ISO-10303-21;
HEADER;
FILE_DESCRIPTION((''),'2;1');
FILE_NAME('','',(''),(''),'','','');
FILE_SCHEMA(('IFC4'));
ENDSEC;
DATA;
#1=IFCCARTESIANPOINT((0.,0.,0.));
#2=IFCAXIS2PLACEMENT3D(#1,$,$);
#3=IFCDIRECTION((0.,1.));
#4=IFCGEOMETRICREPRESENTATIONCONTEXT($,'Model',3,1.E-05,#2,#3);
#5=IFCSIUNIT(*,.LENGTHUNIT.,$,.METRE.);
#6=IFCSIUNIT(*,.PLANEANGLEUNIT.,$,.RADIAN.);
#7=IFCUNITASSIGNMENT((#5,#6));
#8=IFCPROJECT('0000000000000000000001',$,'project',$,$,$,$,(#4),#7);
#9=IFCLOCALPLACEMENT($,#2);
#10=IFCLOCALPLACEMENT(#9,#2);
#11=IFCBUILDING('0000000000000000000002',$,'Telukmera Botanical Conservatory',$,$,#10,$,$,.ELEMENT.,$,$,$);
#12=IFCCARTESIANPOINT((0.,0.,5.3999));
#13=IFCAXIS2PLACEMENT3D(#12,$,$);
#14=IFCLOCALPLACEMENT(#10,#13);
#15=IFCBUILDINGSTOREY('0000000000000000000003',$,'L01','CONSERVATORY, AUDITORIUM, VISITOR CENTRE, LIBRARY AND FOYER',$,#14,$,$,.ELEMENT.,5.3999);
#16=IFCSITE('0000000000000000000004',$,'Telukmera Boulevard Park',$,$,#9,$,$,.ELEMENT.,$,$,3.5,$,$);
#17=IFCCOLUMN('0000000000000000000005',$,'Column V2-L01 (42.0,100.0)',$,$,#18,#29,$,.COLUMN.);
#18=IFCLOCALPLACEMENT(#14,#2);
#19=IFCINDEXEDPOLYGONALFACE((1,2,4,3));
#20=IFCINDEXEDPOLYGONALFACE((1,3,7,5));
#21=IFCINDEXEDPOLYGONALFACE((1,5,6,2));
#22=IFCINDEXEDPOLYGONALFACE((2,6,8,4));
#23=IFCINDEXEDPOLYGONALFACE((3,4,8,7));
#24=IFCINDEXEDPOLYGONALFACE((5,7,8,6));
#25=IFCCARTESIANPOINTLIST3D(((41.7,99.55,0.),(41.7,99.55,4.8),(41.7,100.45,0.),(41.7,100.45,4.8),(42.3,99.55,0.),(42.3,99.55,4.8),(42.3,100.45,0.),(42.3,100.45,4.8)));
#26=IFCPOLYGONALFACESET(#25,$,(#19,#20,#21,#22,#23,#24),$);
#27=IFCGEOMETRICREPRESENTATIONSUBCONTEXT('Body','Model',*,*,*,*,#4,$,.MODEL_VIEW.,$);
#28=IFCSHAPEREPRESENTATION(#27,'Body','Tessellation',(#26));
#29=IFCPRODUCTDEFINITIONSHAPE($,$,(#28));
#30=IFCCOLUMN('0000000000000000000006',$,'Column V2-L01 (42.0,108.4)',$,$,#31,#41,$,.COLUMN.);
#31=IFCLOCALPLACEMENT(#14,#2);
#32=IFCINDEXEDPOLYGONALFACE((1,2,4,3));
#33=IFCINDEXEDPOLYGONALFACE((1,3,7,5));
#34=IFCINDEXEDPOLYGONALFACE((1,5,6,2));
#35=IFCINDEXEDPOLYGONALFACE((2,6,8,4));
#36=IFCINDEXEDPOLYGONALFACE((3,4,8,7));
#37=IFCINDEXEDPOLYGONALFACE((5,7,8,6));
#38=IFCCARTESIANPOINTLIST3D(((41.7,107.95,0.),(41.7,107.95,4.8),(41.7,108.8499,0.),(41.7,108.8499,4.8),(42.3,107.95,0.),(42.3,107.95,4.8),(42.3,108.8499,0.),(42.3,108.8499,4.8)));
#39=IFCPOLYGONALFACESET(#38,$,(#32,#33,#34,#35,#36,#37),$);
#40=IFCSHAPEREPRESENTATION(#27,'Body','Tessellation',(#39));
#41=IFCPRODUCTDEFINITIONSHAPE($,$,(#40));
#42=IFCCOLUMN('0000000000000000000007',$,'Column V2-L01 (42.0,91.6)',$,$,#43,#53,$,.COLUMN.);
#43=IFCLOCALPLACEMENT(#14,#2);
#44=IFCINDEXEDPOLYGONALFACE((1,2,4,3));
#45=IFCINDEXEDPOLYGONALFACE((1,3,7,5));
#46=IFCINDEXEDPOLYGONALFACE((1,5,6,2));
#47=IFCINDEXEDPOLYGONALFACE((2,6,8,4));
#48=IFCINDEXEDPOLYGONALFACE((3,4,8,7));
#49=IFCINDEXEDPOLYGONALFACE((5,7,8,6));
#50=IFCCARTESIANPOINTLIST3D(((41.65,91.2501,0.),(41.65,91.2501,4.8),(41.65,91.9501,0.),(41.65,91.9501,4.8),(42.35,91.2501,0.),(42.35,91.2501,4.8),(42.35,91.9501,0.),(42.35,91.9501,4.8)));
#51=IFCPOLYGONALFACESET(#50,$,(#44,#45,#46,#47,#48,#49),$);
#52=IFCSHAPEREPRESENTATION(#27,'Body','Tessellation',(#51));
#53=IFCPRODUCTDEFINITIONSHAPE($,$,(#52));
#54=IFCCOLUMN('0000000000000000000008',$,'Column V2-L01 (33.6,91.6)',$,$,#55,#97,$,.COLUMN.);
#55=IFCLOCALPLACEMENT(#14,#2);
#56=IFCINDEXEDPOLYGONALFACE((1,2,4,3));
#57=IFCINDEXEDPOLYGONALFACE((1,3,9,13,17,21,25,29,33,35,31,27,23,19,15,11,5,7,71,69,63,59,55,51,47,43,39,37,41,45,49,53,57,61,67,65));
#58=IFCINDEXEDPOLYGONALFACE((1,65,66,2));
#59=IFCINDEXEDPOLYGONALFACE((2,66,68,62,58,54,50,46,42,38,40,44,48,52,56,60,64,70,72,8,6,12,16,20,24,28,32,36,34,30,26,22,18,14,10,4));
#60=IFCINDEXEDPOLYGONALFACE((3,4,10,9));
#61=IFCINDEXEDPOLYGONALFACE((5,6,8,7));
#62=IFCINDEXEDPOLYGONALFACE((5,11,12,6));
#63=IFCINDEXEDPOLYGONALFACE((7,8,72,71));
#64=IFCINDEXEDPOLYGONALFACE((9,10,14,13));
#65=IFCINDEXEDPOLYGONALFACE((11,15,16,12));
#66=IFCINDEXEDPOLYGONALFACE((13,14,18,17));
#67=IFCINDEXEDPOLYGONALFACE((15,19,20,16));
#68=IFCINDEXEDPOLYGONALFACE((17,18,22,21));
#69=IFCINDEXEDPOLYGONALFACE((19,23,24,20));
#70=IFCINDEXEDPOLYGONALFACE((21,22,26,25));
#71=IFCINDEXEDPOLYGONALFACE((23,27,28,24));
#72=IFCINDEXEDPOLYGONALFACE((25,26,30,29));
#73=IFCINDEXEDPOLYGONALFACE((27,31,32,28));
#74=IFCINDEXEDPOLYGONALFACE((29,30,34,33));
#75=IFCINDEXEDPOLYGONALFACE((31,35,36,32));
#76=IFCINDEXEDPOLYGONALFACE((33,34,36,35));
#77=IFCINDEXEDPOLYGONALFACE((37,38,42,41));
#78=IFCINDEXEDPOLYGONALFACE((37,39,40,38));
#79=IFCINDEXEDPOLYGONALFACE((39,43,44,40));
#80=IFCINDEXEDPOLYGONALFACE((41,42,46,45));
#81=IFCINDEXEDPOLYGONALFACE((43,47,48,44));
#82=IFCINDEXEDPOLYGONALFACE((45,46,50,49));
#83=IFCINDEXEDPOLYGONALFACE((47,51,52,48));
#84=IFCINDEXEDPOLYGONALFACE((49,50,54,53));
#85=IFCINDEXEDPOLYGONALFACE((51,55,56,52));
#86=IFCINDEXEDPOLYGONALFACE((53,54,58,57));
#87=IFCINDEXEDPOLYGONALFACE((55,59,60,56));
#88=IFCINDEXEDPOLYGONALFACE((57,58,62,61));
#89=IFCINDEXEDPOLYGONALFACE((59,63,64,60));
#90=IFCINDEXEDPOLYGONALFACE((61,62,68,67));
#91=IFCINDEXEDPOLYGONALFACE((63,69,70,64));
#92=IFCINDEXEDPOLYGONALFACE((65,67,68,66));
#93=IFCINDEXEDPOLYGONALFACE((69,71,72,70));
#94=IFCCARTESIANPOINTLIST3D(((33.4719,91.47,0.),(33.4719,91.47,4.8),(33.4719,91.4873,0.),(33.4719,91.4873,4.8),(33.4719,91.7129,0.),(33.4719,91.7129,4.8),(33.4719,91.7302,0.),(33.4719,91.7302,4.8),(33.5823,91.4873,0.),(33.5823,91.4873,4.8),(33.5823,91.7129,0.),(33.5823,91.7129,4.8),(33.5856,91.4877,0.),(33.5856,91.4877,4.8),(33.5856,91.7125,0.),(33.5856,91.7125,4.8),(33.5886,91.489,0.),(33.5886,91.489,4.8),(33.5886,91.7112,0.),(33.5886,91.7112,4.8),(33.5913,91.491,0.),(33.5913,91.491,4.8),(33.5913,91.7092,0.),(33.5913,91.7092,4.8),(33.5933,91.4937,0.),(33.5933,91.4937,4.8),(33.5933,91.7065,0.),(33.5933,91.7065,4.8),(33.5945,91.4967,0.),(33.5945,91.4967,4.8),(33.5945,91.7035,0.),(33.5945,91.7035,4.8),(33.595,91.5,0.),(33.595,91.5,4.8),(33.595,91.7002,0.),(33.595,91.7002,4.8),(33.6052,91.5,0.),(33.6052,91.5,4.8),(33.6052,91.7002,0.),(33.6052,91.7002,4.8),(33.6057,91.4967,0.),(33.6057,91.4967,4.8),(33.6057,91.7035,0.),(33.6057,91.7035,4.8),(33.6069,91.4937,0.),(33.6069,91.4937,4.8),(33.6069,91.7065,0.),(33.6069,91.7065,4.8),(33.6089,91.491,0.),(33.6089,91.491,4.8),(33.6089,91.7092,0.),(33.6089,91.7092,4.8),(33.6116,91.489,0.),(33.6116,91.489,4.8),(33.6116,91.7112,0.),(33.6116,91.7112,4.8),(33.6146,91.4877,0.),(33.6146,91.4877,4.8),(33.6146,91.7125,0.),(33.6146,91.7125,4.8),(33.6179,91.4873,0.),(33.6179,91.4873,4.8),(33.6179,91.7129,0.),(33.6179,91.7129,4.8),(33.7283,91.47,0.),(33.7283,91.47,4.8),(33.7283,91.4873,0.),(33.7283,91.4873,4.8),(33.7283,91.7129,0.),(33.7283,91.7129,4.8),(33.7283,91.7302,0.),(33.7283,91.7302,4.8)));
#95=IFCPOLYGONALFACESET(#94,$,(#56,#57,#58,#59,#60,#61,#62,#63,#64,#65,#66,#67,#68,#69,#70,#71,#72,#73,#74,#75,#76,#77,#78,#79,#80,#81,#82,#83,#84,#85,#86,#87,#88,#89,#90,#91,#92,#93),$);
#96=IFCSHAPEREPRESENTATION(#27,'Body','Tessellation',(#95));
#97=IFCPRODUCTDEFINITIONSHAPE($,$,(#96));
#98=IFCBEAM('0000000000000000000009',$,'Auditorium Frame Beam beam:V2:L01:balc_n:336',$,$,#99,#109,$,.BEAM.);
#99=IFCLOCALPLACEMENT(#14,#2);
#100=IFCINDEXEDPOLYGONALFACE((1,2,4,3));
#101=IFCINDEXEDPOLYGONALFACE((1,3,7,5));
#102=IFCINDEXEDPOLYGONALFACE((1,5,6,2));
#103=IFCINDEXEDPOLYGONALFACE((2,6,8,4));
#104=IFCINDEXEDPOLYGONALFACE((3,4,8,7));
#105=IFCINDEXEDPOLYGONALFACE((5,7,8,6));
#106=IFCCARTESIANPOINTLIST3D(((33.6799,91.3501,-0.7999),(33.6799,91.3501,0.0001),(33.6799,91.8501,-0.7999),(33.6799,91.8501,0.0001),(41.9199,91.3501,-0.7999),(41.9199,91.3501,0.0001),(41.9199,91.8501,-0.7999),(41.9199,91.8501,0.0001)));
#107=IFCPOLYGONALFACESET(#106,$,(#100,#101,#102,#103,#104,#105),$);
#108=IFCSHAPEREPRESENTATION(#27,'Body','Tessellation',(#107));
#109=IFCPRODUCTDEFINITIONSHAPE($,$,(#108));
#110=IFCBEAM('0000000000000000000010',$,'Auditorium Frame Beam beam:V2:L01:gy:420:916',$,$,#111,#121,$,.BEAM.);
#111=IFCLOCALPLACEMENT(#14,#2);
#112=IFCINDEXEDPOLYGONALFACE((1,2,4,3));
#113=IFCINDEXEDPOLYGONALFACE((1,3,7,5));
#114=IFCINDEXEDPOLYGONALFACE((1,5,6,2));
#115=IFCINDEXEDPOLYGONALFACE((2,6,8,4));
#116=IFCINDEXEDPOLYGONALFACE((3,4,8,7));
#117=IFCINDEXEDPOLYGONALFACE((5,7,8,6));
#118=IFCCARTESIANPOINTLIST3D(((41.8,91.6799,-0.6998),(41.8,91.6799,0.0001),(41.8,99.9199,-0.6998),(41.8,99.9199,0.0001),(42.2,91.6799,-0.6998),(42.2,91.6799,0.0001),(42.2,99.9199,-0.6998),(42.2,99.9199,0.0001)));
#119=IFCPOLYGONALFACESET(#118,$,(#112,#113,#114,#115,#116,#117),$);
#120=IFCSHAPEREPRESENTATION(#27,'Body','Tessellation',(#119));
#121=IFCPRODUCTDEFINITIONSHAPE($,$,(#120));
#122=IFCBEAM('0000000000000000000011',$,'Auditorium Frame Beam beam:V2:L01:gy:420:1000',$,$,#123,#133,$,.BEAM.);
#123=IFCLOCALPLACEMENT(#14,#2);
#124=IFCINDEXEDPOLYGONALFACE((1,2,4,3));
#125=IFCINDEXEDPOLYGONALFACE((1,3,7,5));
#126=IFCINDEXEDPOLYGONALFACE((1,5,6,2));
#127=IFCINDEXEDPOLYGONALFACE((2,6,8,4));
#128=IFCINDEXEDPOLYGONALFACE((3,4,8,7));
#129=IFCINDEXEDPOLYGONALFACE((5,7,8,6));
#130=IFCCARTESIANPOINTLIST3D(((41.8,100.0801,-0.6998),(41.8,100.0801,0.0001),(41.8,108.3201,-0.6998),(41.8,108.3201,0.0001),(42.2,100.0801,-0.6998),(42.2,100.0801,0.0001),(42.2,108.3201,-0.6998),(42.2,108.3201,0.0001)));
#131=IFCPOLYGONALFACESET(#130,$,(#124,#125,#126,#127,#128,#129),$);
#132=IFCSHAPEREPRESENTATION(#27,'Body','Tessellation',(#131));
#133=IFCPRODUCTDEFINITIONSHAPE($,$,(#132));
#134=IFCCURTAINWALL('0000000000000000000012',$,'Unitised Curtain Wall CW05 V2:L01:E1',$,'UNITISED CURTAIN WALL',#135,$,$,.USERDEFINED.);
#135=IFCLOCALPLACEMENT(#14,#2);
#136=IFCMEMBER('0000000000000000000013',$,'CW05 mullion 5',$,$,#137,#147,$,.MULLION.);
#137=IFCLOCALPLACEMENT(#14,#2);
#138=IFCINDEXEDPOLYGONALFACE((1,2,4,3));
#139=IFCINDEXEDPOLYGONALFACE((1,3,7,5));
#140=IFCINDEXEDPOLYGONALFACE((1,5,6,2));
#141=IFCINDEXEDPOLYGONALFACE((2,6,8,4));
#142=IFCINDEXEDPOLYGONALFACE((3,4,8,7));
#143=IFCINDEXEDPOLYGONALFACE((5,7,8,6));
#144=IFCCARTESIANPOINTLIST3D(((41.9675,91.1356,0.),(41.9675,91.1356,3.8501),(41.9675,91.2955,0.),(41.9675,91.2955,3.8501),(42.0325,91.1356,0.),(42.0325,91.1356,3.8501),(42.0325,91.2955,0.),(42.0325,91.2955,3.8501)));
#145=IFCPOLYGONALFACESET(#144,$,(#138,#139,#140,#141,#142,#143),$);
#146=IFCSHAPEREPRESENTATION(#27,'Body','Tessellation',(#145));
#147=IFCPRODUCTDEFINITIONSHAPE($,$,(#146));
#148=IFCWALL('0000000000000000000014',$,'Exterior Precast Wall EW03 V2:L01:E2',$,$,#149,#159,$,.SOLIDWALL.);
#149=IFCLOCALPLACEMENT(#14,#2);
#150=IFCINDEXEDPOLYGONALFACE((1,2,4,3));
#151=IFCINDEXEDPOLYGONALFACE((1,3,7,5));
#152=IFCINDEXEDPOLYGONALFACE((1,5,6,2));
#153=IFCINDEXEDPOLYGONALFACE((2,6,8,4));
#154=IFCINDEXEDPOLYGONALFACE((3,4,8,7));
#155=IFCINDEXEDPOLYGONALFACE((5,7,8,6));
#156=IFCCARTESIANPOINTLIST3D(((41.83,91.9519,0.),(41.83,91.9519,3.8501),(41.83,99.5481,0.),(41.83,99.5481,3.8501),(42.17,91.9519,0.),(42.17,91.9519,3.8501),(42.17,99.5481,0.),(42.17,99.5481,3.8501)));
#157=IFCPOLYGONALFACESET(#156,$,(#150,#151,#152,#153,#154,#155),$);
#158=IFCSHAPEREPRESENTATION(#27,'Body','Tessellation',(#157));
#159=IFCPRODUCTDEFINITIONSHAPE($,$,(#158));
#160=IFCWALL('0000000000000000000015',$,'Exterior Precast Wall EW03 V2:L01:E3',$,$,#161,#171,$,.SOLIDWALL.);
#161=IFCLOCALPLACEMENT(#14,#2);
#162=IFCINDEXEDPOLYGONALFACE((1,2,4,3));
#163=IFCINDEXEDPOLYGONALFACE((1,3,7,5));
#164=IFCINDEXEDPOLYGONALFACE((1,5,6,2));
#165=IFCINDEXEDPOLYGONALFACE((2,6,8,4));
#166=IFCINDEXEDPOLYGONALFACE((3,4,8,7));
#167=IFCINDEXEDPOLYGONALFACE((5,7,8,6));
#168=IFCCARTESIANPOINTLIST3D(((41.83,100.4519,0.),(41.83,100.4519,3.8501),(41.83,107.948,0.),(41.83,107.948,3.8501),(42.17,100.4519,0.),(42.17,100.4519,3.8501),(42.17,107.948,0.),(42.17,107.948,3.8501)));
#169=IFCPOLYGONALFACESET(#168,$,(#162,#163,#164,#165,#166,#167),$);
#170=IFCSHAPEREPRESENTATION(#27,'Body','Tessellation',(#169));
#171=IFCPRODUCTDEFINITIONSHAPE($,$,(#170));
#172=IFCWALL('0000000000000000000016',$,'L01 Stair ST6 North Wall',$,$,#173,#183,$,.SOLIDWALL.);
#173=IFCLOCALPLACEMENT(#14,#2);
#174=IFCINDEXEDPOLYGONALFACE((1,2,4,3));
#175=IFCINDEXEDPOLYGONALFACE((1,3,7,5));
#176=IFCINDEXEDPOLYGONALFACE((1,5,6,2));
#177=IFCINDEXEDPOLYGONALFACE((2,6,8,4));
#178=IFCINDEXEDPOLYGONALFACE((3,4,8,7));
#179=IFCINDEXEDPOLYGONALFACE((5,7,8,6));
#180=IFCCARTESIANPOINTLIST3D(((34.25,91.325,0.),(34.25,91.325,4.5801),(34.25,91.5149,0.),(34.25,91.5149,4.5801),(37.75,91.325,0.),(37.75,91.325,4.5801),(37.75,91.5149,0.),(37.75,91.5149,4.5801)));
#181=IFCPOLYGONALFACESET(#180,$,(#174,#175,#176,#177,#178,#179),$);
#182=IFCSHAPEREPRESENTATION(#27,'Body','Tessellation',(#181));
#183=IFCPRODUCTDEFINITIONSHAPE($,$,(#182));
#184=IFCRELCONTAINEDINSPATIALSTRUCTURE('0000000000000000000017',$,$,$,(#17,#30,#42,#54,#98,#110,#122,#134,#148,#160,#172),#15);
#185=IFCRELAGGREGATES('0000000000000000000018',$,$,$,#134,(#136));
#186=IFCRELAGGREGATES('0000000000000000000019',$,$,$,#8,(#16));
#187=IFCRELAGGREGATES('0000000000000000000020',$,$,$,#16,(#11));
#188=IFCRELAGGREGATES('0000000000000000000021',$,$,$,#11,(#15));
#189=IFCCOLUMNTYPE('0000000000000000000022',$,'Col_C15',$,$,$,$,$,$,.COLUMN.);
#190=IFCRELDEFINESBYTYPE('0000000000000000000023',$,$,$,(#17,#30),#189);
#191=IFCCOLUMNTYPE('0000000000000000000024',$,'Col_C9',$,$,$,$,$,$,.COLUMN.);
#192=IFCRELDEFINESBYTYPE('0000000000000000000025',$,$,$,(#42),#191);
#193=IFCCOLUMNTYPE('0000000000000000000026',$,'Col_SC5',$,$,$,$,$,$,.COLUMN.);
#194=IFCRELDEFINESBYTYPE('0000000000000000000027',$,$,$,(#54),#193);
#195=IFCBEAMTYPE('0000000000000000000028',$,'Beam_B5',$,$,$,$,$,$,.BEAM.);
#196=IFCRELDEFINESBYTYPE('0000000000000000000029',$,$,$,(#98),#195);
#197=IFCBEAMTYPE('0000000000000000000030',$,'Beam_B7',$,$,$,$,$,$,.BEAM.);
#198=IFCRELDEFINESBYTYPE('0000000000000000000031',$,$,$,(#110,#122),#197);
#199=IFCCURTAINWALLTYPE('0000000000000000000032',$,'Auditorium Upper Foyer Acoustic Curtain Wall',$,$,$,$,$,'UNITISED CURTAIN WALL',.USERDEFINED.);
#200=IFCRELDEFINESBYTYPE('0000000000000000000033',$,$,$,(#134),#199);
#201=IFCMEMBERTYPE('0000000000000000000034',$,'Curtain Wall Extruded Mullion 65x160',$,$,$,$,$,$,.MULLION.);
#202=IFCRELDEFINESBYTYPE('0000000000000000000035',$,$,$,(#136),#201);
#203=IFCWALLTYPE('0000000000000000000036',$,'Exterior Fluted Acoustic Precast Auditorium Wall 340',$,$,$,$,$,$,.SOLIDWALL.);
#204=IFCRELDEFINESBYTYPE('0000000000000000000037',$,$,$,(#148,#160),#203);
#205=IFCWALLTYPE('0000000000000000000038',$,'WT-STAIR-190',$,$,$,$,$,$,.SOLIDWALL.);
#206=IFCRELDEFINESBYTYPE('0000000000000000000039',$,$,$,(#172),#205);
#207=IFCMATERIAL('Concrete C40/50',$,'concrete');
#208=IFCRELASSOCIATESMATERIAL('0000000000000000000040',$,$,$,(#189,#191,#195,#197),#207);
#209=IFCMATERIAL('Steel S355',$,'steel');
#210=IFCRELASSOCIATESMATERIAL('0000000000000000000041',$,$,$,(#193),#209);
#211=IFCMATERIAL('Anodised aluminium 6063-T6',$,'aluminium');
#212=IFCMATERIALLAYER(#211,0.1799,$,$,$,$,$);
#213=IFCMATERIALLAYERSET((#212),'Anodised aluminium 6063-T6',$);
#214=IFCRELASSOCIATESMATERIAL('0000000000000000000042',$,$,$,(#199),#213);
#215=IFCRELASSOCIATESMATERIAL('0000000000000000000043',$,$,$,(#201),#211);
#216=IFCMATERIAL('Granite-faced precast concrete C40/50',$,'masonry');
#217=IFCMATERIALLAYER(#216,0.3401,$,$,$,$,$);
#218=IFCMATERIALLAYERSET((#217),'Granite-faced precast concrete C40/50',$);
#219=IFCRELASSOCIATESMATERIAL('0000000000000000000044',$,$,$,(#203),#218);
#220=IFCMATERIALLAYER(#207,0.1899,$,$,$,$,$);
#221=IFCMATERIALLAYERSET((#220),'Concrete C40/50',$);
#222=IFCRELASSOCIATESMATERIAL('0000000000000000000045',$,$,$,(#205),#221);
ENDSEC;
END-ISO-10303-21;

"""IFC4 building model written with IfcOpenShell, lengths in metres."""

from ifc_helpers import new_model, si_unit, direction, frame, frame_2d, origin, origin_2d, place, context, subcontext, project, spatial, rectangle, i_section, extrude, material, layer, layer_set, material_profile, profile_set, type_object, element, aggregate, save


model = new_model("IFC4")

# Units and contexts
model_context = context("Model", 3, precision=1e-05, world=origin(), true_north=direction((0.0, 1.0)))
body_context = subcontext(model_context, "Body", "Model", "MODEL_VIEW")
ifc_project = project(units=[si_unit("LENGTHUNIT", "METRE"), si_unit("PLANEANGLEUNIT", "RADIAN")], contexts=[model_context])

# Site, building, storey
site_placement = place(None, origin())
site = spatial("IfcSite", under=ifc_project, at=site_placement, Name="Telukmera Boulevard Park", CompositionType="ELEMENT", RefElevation=3.5)
building_placement = place(site_placement, origin())
building = spatial("IfcBuilding", under=site, at=building_placement, Name="Telukmera Botanical Conservatory", CompositionType="ELEMENT")
storey_placement = place(building_placement, frame((0.0, 0.0, 5.3999)))
storey = spatial("IfcBuildingStorey", under=building, at=storey_placement, Name="L01", Description="CONSERVATORY, AUDITORIUM, VISITOR CENTRE, LIBRARY AND FOYER", CompositionType="ELEMENT", Elevation=5.3999)

# Columns
ifc_material_1 = material(Name="Concrete C40/50", Category="concrete")
ifc_material_profile_1 = material_profile(ifc_material_1, rectangle(XDim=0.6001, YDim=0.8999, at=origin_2d()), Name="RC 900x600")
ifc_profile_set_1 = profile_set([ifc_material_profile_1], Name="Concrete C40/50")
column_type_1 = type_object("IfcColumnType", Name="Col_C15", PredefinedType="COLUMN", material=ifc_profile_set_1)
for number, where, z_axis, x_axis, name in (
    (1, (42.0, 100.0, 0.0), (0.0, 0.0, 1.0), (1.0, 0.0, 0.0), "Column V2-L01 (42.0,100.0)"),
    (2, (42.0, 108.3999, 0.0), (0.0, 0.0, 1.0), (1.0, 0.0, 0.0), "Column V2-L01 (42.0,108.4)"),
):
    element("IfcColumn", number, at=place(storey_placement, frame(where, z_axis=z_axis, x_axis=x_axis)), inside=storey, type_object=column_type_1, Name=name, PredefinedType="COLUMN", context=body_context, shape_type="SweptSolid", body=[
        extrude(rectangle(XDim=0.6001, YDim=0.8999, at=origin_2d()), origin(), (0.0, 0.0, 1.0), 4.8),
    ])
ifc_material_profile_2 = material_profile(ifc_material_1, rectangle(XDim=0.7, YDim=0.7, at=origin_2d()), Name="RC 700x700")
ifc_profile_set_2 = profile_set([ifc_material_profile_2], Name="Concrete C40/50")
column_type_2 = type_object("IfcColumnType", Name="Col_C9", PredefinedType="COLUMN", material=ifc_profile_set_2)
column_1_placement = place(storey_placement, frame((42.0, 91.6001, 0.0), z_axis=(0.0, 0.0, 1.0), x_axis=(1.0, 0.0, 0.0)))
element("IfcColumn", 3, at=column_1_placement, inside=storey, type_object=column_type_2, Name="Column V2-L01 (42.0,91.6)", PredefinedType="COLUMN", context=body_context, shape_type="SweptSolid", body=[
    extrude(rectangle(XDim=0.7, YDim=0.7, at=origin_2d()), origin(), (0.0, 0.0, 1.0), 4.8),
])
ifc_material_2 = material(Name="Steel S355", Category="steel")
ifc_material_profile_3 = material_profile(ifc_material_2, i_section(OverallWidth=0.2563, OverallDepth=0.2603, WebThickness=0.0103, FlangeThickness=0.0173, FilletRadius=0.0127, at=origin_2d()), Name="UC 254x254x89")
ifc_profile_set_3 = profile_set([ifc_material_profile_3], Name="Steel S355")
column_type_3 = type_object("IfcColumnType", Name="Col_SC5", PredefinedType="COLUMN", material=ifc_profile_set_3)
column_2_placement = place(storey_placement, frame((33.6001, 91.6001, 0.0), z_axis=(0.0, 0.0, 1.0), x_axis=(1.0, 0.0, 0.0)))
element("IfcColumn", 4, at=column_2_placement, inside=storey, type_object=column_type_3, Name="Column V2-L01 (33.6,91.6)", PredefinedType="COLUMN", context=body_context, shape_type="SweptSolid", body=[
    extrude(i_section(OverallWidth=0.2563, OverallDepth=0.2603, WebThickness=0.0103, FlangeThickness=0.0173, FilletRadius=0.0127, at=origin_2d()), origin(), (0.0, 0.0, 1.0), 4.8),
])

# Beams
ifc_material_profile_4 = material_profile(ifc_material_1, rectangle(XDim=0.5, YDim=0.8, at=origin_2d()), Name="RC 500x800")
ifc_profile_set_4 = profile_set([ifc_material_profile_4], Name="Concrete C40/50")
beam_type_1 = type_object("IfcBeamType", Name="Beam_B5", PredefinedType="BEAM", material=ifc_profile_set_4)
beam_placement = place(storey_placement, frame((33.6799, 91.6001, -0.3999), z_axis=(1.0, 0.0, 0.0), x_axis=(0.0, 1.0, 0.0)))
element("IfcBeam", 5, at=beam_placement, inside=storey, type_object=beam_type_1, Name="Auditorium Frame Beam beam:V2:L01:balc_n:336", PredefinedType="BEAM", context=body_context, shape_type="SweptSolid", body=[
    extrude(rectangle(XDim=0.5, YDim=0.8, at=origin_2d()), origin(), (0.0, 0.0, 1.0), 8.24),
])
ifc_material_profile_5 = material_profile(ifc_material_1, rectangle(XDim=0.3999, YDim=0.7, at=origin_2d()), Name="RC 400x700")
ifc_profile_set_5 = profile_set([ifc_material_profile_5], Name="Concrete C40/50")
beam_type_2 = type_object("IfcBeamType", Name="Beam_B7", PredefinedType="BEAM", material=ifc_profile_set_5)
for number, where, z_axis, x_axis, name in (
    (6, (42.0, 91.6799, -0.3499), (0.0, 1.0, 0.0), (-1.0, 0.0, 0.0), "Auditorium Frame Beam beam:V2:L01:gy:420:916"),
    (7, (42.0, 100.0801, -0.3499), (0.0, 1.0, 0.0), (-1.0, 0.0, 0.0), "Auditorium Frame Beam beam:V2:L01:gy:420:1000"),
):
    element("IfcBeam", number, at=place(storey_placement, frame(where, z_axis=z_axis, x_axis=x_axis)), inside=storey, type_object=beam_type_2, Name=name, PredefinedType="BEAM", context=body_context, shape_type="SweptSolid", body=[
        extrude(rectangle(XDim=0.3999, YDim=0.7, at=origin_2d()), origin(), (0.0, 0.0, 1.0), 8.24),
    ])

# Curtain wall, member
ifc_material_3 = material(Name="Anodised aluminium 6063-T6", Category="aluminium")
ifc_layer_1 = layer(ifc_material_3, 0.1799)
ifc_layer_set_1 = layer_set([ifc_layer_1], Name="Anodised aluminium 6063-T6")
curtain_wall_type = type_object("IfcCurtainWallType", Name="Auditorium Upper Foyer Acoustic Curtain Wall", ElementType="UNITISED CURTAIN WALL", PredefinedType="USERDEFINED", material=ifc_layer_set_1)
curtain_wall_placement = place(storey_placement, origin())
curtain_wall = element("IfcCurtainWall", 8, at=curtain_wall_placement, inside=storey, type_object=curtain_wall_type, Name="Unitised Curtain Wall CW05 V2:L01:E1", ObjectType="UNITISED CURTAIN WALL", PredefinedType="USERDEFINED")
ifc_material_profile_6 = material_profile(ifc_material_3, rectangle(XDim=0.0649, YDim=0.1599, at=origin_2d()), Name="ALU MULL 65x160")
ifc_profile_set_6 = profile_set([ifc_material_profile_6], Name="Anodised aluminium 6063-T6")
member_type = type_object("IfcMemberType", Name="Curtain Wall Extruded Mullion 65x160", PredefinedType="MULLION", material=ifc_profile_set_6)
member_placement = place(storey_placement, frame((42.0, 91.2156, 0.0), z_axis=(0.0, 0.0, 1.0), x_axis=(-1.0, 0.0, 0.0)))
member = element("IfcMember", 9, at=member_placement, type_object=member_type, Name="CW05 mullion 5", PredefinedType="MULLION", context=body_context, shape_type="SweptSolid", body=[
    extrude(rectangle(XDim=0.0649, YDim=0.1599, at=origin_2d()), origin(), (0.0, 0.0, 1.0), 3.8501),
])
aggregate(curtain_wall, [member])

# Walls
ifc_material_4 = material(Name="Granite-faced precast concrete C40/50", Category="masonry")
ifc_layer_2 = layer(ifc_material_4, 0.3401)
ifc_layer_set_2 = layer_set([ifc_layer_2], Name="Granite-faced precast concrete C40/50")
wall_type_1 = type_object("IfcWallType", Name="Exterior Fluted Acoustic Precast Auditorium Wall 340", PredefinedType="SOLIDWALL", material=ifc_layer_set_2)
wall_1_placement = place(storey_placement, frame((42.0, 91.9519, 0.0), z_axis=(0.0, 0.0, 1.0), x_axis=(0.0, 1.0, 0.0)))
element("IfcWall", 10, at=wall_1_placement, inside=storey, type_object=wall_type_1, Name="Exterior Precast Wall EW03 V2:L01:E2", PredefinedType="SOLIDWALL", context=body_context, shape_type="SweptSolid", body=[
    extrude(rectangle(XDim=7.5962, YDim=0.3401, at=frame_2d((3.7981, 0.0))), origin(), (0.0, 0.0, 1.0), 3.8501),
])
wall_2_placement = place(storey_placement, frame((42.0, 100.4519, 0.0), z_axis=(0.0, 0.0, 1.0), x_axis=(0.0, 1.0, 0.0)))
element("IfcWall", 11, at=wall_2_placement, inside=storey, type_object=wall_type_1, Name="Exterior Precast Wall EW03 V2:L01:E3", PredefinedType="SOLIDWALL", context=body_context, shape_type="SweptSolid", body=[
    extrude(rectangle(XDim=7.4961, YDim=0.3401, at=frame_2d((3.748, 0.0))), origin(), (0.0, 0.0, 1.0), 3.8501),
])
ifc_layer_3 = layer(ifc_material_1, 0.1899)
ifc_layer_set_3 = layer_set([ifc_layer_3], Name="Concrete C40/50")
wall_type_2 = type_object("IfcWallType", Name="WT-STAIR-190", PredefinedType="SOLIDWALL", material=ifc_layer_set_3)
wall_3_placement = place(storey_placement, frame((34.25, 91.4199, 0.0), z_axis=(0.0, 0.0, 1.0), x_axis=(1.0, 0.0, 0.0)))
element("IfcWall", 12, at=wall_3_placement, inside=storey, type_object=wall_type_2, Name="L01 Stair ST6 North Wall", PredefinedType="SOLIDWALL", context=body_context, shape_type="SweptSolid", body=[
    extrude(rectangle(XDim=3.5, YDim=0.1899, at=frame_2d((1.75, 0.0))), origin(), (0.0, 0.0, 1.0), 4.5801),
])

save(model, "model.ifc")
